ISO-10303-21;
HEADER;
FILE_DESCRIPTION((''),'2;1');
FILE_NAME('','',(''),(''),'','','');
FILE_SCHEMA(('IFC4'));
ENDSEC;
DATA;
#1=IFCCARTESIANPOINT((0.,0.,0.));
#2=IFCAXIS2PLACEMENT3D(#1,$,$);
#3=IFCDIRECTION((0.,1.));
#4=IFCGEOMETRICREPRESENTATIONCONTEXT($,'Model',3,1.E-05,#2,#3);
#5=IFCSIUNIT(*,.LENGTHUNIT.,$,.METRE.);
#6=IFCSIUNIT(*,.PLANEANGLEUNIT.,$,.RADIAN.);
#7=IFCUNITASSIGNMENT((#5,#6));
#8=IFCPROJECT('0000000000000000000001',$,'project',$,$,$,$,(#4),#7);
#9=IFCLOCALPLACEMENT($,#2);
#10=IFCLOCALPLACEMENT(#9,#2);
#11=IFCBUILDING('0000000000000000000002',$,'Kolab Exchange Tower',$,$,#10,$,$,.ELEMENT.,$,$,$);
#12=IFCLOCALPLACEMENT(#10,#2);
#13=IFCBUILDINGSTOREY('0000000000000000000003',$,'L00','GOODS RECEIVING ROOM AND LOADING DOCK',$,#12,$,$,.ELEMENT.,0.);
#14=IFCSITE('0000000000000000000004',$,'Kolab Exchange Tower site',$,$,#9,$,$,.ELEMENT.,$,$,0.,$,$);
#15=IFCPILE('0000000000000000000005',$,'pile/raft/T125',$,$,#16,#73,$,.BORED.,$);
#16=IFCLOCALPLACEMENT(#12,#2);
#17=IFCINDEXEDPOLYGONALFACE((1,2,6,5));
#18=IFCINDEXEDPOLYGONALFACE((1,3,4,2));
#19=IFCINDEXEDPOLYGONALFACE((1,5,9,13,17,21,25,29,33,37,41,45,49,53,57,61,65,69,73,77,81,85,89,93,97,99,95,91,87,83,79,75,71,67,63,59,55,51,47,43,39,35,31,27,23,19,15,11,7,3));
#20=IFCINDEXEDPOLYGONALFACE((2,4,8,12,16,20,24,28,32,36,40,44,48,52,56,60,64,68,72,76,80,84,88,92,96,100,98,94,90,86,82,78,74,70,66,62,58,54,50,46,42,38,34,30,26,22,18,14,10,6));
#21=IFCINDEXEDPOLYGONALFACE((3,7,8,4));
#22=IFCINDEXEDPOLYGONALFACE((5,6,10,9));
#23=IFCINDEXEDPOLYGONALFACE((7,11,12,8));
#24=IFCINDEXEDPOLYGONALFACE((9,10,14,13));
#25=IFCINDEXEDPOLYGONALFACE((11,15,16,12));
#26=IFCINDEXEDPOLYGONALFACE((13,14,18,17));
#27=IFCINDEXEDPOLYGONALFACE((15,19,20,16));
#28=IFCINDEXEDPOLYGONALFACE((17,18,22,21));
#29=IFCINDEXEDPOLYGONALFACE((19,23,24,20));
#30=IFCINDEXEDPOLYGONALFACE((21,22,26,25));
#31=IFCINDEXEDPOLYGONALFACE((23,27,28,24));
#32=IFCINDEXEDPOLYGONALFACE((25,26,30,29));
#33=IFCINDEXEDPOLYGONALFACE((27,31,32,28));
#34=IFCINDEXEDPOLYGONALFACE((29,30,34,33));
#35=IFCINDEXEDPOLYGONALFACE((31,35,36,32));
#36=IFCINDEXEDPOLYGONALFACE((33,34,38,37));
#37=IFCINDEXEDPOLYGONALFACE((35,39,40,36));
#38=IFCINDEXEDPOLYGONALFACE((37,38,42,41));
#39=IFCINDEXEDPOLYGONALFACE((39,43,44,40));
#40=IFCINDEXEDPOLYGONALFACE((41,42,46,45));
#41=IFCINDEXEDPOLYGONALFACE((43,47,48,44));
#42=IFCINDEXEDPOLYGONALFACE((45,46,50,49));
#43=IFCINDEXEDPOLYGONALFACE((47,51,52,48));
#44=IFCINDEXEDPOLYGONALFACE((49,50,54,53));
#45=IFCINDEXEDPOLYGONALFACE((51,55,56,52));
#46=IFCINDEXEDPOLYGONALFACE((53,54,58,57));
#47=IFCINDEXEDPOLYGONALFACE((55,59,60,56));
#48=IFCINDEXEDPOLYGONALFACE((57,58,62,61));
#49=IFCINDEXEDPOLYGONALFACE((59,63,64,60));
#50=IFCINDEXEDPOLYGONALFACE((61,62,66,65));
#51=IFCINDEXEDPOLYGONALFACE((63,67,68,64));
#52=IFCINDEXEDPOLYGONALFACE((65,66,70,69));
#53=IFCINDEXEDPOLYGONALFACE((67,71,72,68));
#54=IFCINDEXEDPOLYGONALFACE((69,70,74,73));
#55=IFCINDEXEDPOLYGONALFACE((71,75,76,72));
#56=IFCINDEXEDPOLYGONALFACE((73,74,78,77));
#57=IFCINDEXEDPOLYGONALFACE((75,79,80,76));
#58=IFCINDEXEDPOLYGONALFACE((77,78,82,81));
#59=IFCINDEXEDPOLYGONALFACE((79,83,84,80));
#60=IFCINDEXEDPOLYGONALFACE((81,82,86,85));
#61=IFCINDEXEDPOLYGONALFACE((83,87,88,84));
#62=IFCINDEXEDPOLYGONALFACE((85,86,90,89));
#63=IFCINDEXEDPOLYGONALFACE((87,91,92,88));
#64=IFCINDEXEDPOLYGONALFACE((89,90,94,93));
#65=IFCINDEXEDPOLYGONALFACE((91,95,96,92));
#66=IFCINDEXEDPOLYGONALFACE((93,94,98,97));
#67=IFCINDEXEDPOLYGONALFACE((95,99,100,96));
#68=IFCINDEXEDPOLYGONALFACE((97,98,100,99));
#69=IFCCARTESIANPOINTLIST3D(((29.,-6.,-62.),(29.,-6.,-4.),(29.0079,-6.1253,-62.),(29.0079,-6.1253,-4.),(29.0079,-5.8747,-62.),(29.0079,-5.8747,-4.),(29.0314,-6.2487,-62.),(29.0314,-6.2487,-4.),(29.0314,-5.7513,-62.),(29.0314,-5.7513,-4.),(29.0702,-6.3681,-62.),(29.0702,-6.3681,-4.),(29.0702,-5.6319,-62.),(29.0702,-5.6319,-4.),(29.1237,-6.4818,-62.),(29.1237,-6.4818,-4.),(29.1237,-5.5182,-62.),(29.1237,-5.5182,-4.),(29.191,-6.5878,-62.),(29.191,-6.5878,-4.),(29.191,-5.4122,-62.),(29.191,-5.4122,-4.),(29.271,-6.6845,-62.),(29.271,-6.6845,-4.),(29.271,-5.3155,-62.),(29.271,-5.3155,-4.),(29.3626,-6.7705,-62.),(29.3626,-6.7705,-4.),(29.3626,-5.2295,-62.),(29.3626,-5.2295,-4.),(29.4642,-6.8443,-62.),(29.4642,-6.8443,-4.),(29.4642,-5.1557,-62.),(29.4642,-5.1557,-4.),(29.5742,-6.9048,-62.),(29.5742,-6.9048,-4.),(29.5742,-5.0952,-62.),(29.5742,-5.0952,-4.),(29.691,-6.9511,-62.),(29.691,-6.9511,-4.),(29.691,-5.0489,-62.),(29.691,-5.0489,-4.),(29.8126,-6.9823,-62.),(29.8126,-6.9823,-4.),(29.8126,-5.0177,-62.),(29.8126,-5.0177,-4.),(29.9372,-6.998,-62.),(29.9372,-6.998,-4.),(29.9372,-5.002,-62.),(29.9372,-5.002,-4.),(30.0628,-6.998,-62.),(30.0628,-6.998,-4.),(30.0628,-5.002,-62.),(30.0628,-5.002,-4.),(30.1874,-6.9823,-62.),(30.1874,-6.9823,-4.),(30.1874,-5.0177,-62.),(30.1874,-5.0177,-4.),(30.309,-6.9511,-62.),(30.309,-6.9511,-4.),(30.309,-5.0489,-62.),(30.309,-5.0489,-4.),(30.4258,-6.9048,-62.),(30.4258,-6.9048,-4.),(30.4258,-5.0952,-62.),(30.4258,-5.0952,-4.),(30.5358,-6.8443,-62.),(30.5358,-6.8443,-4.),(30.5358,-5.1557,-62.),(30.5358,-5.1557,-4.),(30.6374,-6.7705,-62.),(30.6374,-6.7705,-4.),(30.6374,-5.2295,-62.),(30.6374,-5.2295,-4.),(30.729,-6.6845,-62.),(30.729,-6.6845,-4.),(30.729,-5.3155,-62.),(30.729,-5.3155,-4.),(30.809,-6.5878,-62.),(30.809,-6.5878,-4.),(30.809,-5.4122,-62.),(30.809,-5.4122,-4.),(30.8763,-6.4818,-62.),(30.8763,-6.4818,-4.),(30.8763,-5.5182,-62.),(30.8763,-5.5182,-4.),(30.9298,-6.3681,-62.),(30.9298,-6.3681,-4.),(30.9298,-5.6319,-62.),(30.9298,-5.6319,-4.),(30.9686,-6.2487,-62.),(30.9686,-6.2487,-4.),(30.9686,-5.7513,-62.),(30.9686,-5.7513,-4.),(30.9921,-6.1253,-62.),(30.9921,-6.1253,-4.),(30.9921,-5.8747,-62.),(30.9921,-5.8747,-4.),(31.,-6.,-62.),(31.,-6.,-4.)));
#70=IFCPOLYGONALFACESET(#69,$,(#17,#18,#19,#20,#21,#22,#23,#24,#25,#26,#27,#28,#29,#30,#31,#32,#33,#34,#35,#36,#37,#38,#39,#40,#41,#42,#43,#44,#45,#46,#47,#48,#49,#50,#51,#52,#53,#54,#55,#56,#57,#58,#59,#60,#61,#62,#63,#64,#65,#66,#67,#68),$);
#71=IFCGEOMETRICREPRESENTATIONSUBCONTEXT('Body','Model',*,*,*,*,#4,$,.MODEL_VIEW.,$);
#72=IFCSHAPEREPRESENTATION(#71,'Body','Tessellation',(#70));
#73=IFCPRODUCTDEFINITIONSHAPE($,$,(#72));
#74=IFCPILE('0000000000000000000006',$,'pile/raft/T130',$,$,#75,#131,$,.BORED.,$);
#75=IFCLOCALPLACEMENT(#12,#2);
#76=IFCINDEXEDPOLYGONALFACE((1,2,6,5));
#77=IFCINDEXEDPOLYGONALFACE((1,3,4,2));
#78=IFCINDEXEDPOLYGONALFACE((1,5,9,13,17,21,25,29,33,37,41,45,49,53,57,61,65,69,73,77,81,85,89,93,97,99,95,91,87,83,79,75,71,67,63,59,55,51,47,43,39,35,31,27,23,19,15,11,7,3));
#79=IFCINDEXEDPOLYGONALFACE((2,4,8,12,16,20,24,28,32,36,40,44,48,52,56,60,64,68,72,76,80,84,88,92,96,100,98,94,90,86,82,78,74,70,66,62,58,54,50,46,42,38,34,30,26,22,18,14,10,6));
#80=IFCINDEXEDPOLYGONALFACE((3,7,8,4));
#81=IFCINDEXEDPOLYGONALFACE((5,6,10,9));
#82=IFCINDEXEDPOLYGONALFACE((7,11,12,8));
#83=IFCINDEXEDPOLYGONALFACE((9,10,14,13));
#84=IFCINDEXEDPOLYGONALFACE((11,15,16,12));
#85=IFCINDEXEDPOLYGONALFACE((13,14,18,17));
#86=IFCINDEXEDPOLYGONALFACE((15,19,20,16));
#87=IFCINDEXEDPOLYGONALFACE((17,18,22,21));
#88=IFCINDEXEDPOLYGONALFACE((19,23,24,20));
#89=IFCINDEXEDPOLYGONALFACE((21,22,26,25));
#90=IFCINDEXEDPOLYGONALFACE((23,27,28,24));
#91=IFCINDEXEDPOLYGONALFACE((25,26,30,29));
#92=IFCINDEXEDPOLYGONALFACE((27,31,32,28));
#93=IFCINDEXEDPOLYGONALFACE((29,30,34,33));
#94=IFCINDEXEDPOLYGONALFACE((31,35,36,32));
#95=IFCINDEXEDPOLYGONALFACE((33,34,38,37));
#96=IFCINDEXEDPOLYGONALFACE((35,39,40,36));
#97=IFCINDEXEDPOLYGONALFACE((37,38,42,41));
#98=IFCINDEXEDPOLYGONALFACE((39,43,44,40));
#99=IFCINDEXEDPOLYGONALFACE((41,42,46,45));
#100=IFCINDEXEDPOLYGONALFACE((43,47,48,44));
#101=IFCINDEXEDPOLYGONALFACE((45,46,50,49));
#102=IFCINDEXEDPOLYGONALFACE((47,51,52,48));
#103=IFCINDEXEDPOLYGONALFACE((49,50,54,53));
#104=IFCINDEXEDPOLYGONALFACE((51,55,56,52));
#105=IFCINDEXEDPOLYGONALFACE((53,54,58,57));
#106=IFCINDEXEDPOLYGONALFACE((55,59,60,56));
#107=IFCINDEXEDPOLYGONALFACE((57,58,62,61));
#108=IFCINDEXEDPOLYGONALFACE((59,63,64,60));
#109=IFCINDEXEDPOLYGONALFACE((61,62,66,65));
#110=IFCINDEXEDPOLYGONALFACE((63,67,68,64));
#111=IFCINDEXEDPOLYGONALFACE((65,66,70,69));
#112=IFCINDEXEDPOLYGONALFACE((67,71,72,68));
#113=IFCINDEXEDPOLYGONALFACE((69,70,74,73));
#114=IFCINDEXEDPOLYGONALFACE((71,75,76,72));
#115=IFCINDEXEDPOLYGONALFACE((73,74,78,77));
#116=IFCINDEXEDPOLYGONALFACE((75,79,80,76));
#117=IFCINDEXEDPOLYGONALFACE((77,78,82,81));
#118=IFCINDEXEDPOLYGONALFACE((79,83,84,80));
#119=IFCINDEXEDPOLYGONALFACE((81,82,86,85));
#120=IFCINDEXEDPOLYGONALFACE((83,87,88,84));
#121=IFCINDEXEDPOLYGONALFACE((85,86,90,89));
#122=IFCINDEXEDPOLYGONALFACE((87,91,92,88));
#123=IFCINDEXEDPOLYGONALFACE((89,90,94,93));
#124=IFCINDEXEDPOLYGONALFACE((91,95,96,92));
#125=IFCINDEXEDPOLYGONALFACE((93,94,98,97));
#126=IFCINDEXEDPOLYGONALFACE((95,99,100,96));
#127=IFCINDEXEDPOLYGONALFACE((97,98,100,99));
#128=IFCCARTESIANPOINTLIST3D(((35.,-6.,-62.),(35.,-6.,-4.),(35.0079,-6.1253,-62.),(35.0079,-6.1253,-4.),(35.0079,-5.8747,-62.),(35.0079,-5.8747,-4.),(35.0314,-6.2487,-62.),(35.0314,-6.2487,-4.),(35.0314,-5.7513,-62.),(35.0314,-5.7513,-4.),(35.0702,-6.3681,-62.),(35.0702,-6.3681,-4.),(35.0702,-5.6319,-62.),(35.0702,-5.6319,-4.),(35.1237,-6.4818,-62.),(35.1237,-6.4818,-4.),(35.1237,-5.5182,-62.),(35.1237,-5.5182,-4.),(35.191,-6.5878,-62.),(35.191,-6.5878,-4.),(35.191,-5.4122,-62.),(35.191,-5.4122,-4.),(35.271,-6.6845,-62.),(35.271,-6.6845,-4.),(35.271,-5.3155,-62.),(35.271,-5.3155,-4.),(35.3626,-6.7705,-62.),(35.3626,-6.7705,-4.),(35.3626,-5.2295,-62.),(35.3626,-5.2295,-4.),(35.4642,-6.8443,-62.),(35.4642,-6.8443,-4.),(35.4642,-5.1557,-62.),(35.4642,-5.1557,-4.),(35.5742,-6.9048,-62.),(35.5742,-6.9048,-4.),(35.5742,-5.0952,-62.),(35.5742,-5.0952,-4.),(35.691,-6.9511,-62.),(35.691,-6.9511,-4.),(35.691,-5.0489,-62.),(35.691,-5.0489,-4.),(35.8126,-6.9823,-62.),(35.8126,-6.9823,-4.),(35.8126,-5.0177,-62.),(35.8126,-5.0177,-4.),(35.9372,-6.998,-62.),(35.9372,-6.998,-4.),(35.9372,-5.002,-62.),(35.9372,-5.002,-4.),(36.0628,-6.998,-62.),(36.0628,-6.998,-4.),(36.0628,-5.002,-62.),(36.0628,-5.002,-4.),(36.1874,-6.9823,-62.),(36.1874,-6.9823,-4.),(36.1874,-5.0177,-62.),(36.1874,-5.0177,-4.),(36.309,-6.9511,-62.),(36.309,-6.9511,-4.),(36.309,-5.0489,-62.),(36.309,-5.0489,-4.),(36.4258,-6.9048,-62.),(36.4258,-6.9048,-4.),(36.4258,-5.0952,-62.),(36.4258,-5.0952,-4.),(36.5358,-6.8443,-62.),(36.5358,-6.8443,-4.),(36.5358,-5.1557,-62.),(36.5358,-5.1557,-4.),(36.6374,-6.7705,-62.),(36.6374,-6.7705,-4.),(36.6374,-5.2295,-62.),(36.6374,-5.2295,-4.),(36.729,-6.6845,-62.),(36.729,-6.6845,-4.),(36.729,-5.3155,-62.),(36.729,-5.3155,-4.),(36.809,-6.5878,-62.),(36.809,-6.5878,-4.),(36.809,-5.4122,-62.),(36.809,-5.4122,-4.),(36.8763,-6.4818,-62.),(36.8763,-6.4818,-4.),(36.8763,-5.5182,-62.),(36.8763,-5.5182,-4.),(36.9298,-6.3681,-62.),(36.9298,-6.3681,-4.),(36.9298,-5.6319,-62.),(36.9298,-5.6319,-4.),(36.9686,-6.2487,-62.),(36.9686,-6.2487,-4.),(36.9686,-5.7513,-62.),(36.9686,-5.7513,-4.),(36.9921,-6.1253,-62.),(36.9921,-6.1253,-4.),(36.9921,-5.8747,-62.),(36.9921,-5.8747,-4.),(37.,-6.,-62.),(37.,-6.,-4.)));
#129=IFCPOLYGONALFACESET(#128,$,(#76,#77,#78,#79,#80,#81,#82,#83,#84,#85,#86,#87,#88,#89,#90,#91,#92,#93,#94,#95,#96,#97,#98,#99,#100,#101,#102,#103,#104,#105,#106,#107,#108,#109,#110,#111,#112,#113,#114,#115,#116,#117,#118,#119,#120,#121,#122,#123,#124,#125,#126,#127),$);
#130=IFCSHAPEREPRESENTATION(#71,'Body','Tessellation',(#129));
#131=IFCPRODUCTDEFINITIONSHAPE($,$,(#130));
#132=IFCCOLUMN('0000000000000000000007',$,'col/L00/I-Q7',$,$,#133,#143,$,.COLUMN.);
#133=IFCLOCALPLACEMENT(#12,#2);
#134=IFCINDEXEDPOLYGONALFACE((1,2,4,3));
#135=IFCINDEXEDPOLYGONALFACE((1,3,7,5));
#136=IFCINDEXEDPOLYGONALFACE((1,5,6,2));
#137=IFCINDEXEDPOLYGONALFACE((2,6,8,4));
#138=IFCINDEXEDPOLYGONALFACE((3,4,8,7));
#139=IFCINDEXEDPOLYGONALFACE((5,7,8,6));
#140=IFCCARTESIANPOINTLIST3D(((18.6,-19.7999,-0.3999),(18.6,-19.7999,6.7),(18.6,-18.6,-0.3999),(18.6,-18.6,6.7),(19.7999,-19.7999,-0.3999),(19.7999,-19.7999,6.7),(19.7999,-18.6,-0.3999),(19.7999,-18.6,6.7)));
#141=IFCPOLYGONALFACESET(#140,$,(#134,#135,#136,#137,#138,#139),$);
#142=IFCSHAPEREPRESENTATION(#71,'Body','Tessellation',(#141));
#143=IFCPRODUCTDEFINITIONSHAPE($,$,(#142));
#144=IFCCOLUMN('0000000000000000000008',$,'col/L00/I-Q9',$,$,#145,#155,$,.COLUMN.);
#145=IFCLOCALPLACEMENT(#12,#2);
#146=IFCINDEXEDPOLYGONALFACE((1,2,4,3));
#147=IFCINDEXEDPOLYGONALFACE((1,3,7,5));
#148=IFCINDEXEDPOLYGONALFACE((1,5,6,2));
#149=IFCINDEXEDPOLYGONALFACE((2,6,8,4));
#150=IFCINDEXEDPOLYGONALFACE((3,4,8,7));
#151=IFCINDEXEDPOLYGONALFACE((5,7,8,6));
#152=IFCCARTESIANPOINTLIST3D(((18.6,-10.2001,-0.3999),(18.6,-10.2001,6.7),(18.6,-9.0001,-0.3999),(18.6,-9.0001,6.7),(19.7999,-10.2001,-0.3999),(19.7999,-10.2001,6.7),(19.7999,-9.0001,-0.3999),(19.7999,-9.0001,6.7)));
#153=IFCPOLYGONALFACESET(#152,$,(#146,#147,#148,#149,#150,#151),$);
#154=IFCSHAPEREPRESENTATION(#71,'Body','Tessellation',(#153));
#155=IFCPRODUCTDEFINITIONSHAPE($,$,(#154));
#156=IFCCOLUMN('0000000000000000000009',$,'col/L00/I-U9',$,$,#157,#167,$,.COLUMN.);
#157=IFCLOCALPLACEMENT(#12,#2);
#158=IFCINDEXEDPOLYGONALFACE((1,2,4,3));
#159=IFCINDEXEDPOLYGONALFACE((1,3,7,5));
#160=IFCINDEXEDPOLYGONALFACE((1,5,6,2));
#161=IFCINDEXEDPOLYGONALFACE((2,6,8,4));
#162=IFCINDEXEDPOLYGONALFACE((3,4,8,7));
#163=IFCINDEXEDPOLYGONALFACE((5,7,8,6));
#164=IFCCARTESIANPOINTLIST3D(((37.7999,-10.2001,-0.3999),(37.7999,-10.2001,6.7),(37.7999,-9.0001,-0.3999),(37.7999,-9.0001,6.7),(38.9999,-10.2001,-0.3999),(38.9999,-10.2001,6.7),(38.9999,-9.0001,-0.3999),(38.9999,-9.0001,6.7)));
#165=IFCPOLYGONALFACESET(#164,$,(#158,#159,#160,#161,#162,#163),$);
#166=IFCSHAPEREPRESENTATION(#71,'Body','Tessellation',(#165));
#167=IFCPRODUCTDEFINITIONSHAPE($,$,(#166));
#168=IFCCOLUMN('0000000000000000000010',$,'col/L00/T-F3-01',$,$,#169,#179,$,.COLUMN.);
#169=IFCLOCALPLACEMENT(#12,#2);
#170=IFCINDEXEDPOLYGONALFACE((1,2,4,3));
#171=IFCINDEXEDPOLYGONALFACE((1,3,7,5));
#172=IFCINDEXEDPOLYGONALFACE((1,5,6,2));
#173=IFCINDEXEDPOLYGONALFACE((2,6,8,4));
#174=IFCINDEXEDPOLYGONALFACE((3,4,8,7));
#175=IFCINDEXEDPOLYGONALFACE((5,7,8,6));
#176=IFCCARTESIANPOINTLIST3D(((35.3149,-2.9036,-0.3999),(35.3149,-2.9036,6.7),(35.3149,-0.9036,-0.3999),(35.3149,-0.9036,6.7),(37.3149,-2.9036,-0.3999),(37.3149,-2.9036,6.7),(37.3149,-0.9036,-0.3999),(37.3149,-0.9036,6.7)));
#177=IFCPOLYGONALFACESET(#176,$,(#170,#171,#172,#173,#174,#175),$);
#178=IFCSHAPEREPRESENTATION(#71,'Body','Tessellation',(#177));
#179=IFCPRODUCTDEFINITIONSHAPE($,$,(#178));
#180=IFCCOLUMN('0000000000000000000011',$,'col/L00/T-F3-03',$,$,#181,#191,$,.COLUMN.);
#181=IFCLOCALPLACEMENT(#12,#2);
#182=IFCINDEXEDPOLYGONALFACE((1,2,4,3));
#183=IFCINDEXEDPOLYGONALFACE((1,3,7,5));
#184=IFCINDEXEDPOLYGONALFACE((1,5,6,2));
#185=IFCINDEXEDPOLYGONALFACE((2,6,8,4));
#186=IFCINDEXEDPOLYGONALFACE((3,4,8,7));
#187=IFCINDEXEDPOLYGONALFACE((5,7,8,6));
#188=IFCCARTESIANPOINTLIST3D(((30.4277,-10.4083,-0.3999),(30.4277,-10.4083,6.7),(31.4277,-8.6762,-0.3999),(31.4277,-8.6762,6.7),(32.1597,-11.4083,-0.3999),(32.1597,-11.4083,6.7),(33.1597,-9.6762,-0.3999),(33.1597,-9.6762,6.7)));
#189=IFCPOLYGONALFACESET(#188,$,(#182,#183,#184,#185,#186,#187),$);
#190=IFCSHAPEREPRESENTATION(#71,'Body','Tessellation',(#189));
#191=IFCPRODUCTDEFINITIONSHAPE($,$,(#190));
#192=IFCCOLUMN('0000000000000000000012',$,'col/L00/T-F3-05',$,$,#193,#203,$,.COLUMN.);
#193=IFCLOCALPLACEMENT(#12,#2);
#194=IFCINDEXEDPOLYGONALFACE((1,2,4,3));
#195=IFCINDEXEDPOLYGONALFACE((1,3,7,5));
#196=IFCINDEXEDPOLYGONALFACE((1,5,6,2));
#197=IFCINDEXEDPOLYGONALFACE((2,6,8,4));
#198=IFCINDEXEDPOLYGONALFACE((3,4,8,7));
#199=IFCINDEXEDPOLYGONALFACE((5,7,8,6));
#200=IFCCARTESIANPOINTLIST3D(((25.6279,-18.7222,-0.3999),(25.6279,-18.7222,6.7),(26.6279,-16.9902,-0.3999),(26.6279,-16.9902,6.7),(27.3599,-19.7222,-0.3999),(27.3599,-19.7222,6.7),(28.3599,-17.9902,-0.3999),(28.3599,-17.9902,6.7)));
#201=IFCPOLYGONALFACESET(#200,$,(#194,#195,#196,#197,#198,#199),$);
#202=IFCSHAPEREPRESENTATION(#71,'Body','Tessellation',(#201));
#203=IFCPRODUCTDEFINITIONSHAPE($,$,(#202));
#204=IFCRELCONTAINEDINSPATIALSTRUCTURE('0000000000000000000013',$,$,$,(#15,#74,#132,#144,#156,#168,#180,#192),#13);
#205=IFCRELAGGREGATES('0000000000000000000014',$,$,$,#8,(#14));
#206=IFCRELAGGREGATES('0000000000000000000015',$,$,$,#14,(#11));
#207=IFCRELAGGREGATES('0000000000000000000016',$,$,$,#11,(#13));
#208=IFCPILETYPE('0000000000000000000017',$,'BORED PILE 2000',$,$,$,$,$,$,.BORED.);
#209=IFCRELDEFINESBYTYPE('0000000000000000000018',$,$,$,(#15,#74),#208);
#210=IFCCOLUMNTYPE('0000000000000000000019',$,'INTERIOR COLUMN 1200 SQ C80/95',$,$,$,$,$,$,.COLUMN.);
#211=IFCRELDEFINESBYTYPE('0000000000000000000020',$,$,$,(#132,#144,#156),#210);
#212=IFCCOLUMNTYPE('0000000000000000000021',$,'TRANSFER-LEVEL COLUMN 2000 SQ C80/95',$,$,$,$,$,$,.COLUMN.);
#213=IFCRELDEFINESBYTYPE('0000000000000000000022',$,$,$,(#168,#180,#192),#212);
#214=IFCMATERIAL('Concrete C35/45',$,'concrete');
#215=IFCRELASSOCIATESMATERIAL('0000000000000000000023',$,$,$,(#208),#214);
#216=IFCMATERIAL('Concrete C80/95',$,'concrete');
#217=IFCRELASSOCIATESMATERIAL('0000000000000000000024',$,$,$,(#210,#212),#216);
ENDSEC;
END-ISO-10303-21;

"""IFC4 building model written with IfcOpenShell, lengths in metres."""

from ifc_helpers import new_model, si_unit, direction, frame, origin, origin_2d, place, context, subcontext, project, spatial, rectangle, circle, extrude, material, material_profile, profile_set, type_object, element, save


model = new_model("IFC4")

# Units and contexts
model_context = context("Model", 3, precision=1e-05, world=origin(), true_north=direction((0.0, 1.0)))
body_context = subcontext(model_context, "Body", "Model", "MODEL_VIEW")
ifc_project = project(units=[si_unit("LENGTHUNIT", "METRE"), si_unit("PLANEANGLEUNIT", "RADIAN")], contexts=[model_context])

# Site, building, storey
site_placement = place(None, origin())
site = spatial("IfcSite", under=ifc_project, at=site_placement, Name="Kolab Exchange Tower site", CompositionType="ELEMENT", RefElevation=0.0)
building_placement = place(site_placement, origin())
building = spatial("IfcBuilding", under=site, at=building_placement, Name="Kolab Exchange Tower", CompositionType="ELEMENT")
storey_placement = place(building_placement, origin())
storey = spatial("IfcBuildingStorey", under=building, at=storey_placement, Name="L00", Description="GOODS RECEIVING ROOM AND LOADING DOCK", CompositionType="ELEMENT", Elevation=0.0)

# Piles
ifc_material_1 = material(Name="Concrete C35/45", Category="concrete")
ifc_material_profile_1 = material_profile(ifc_material_1, circle(Radius=1.0, at=origin_2d()), Name="BP2000")
ifc_profile_set_1 = profile_set([ifc_material_profile_1], Name="Concrete C35/45")
pile_type_1 = type_object("IfcPileType", Name="BORED PILE 2000", PredefinedType="BORED", material=ifc_profile_set_1)
for number, where, z_axis, x_axis, name in (
    (1, (30.0, -6.0, -4.0), (0.0, 0.0, -1.0), (1.0, 0.0, 0.0), "pile/raft/T125"),
    (2, (36.0, -6.0, -4.0), (0.0, 0.0, -1.0), (1.0, 0.0, 0.0), "pile/raft/T130"),
):
    element("IfcPile", number, at=place(storey_placement, frame(where, z_axis=z_axis, x_axis=x_axis)), inside=storey, type_object=pile_type_1, Name=name, PredefinedType="BORED", context=body_context, shape_type="SweptSolid", body=[
        extrude(circle(Radius=1.0, at=origin_2d()), origin(), (0.0, 0.0, 1.0), 58.0),
    ])

# Columns
ifc_material_2 = material(Name="Concrete C80/95", Category="concrete")
ifc_material_profile_2 = material_profile(ifc_material_2, rectangle(XDim=1.2, YDim=1.2, at=origin_2d()), Name="RC1200")
ifc_profile_set_2 = profile_set([ifc_material_profile_2], Name="Concrete C80/95")
column_type_1 = type_object("IfcColumnType", Name="INTERIOR COLUMN 1200 SQ C80/95", PredefinedType="COLUMN", material=ifc_profile_set_2)
for number, where, z_axis, x_axis, name in (
    (3, (19.2, -19.2, -0.3999), (0.0, 0.0, 1.0), (1.0, 0.0, 0.0), "col/L00/I-Q7"),
    (4, (19.2, -9.6001, -0.3999), (0.0, 0.0, 1.0), (1.0, 0.0, 0.0), "col/L00/I-Q9"),
    (5, (38.3999, -9.6001, -0.3999), (0.0, 0.0, 1.0), (1.0, 0.0, 0.0), "col/L00/I-U9"),
):
    element("IfcColumn", number, at=place(storey_placement, frame(where, z_axis=z_axis, x_axis=x_axis)), inside=storey, type_object=column_type_1, Name=name, PredefinedType="COLUMN", context=body_context, shape_type="SweptSolid", body=[
        extrude(rectangle(XDim=1.2, YDim=1.2, at=origin_2d()), origin(), (0.0, 0.0, 1.0), 7.0999),
    ])
ifc_material_profile_3 = material_profile(ifc_material_2, rectangle(XDim=2.0, YDim=2.0, at=origin_2d()), Name="RC2000")
ifc_profile_set_3 = profile_set([ifc_material_profile_3], Name="Concrete C80/95")
column_type_2 = type_object("IfcColumnType", Name="TRANSFER-LEVEL COLUMN 2000 SQ C80/95", PredefinedType="COLUMN", material=ifc_profile_set_3)
for number, where, z_axis, x_axis, name in (
    (6, (36.3149, -1.9036, -0.3999), (0.0, 0.0, 1.0), (1.0, 0.0, 0.0), "col/L00/T-F3-01"),
    (7, (31.7937, -10.0422, -0.3999), (0.0, 0.0, 1.0), (0.5, 0.866025, 0.0), "col/L00/T-F3-03"),
    (8, (26.9939, -18.3562, -0.3999), (0.0, 0.0, 1.0), (0.5, 0.866025, 0.0), "col/L00/T-F3-05"),
):
    element("IfcColumn", number, at=place(storey_placement, frame(where, z_axis=z_axis, x_axis=x_axis)), inside=storey, type_object=column_type_2, Name=name, PredefinedType="COLUMN", context=body_context, shape_type="SweptSolid", body=[
        extrude(rectangle(XDim=2.0, YDim=2.0, at=origin_2d()), origin(), (0.0, 0.0, 1.0), 7.0999),
    ])

save(model, "model.ifc")
